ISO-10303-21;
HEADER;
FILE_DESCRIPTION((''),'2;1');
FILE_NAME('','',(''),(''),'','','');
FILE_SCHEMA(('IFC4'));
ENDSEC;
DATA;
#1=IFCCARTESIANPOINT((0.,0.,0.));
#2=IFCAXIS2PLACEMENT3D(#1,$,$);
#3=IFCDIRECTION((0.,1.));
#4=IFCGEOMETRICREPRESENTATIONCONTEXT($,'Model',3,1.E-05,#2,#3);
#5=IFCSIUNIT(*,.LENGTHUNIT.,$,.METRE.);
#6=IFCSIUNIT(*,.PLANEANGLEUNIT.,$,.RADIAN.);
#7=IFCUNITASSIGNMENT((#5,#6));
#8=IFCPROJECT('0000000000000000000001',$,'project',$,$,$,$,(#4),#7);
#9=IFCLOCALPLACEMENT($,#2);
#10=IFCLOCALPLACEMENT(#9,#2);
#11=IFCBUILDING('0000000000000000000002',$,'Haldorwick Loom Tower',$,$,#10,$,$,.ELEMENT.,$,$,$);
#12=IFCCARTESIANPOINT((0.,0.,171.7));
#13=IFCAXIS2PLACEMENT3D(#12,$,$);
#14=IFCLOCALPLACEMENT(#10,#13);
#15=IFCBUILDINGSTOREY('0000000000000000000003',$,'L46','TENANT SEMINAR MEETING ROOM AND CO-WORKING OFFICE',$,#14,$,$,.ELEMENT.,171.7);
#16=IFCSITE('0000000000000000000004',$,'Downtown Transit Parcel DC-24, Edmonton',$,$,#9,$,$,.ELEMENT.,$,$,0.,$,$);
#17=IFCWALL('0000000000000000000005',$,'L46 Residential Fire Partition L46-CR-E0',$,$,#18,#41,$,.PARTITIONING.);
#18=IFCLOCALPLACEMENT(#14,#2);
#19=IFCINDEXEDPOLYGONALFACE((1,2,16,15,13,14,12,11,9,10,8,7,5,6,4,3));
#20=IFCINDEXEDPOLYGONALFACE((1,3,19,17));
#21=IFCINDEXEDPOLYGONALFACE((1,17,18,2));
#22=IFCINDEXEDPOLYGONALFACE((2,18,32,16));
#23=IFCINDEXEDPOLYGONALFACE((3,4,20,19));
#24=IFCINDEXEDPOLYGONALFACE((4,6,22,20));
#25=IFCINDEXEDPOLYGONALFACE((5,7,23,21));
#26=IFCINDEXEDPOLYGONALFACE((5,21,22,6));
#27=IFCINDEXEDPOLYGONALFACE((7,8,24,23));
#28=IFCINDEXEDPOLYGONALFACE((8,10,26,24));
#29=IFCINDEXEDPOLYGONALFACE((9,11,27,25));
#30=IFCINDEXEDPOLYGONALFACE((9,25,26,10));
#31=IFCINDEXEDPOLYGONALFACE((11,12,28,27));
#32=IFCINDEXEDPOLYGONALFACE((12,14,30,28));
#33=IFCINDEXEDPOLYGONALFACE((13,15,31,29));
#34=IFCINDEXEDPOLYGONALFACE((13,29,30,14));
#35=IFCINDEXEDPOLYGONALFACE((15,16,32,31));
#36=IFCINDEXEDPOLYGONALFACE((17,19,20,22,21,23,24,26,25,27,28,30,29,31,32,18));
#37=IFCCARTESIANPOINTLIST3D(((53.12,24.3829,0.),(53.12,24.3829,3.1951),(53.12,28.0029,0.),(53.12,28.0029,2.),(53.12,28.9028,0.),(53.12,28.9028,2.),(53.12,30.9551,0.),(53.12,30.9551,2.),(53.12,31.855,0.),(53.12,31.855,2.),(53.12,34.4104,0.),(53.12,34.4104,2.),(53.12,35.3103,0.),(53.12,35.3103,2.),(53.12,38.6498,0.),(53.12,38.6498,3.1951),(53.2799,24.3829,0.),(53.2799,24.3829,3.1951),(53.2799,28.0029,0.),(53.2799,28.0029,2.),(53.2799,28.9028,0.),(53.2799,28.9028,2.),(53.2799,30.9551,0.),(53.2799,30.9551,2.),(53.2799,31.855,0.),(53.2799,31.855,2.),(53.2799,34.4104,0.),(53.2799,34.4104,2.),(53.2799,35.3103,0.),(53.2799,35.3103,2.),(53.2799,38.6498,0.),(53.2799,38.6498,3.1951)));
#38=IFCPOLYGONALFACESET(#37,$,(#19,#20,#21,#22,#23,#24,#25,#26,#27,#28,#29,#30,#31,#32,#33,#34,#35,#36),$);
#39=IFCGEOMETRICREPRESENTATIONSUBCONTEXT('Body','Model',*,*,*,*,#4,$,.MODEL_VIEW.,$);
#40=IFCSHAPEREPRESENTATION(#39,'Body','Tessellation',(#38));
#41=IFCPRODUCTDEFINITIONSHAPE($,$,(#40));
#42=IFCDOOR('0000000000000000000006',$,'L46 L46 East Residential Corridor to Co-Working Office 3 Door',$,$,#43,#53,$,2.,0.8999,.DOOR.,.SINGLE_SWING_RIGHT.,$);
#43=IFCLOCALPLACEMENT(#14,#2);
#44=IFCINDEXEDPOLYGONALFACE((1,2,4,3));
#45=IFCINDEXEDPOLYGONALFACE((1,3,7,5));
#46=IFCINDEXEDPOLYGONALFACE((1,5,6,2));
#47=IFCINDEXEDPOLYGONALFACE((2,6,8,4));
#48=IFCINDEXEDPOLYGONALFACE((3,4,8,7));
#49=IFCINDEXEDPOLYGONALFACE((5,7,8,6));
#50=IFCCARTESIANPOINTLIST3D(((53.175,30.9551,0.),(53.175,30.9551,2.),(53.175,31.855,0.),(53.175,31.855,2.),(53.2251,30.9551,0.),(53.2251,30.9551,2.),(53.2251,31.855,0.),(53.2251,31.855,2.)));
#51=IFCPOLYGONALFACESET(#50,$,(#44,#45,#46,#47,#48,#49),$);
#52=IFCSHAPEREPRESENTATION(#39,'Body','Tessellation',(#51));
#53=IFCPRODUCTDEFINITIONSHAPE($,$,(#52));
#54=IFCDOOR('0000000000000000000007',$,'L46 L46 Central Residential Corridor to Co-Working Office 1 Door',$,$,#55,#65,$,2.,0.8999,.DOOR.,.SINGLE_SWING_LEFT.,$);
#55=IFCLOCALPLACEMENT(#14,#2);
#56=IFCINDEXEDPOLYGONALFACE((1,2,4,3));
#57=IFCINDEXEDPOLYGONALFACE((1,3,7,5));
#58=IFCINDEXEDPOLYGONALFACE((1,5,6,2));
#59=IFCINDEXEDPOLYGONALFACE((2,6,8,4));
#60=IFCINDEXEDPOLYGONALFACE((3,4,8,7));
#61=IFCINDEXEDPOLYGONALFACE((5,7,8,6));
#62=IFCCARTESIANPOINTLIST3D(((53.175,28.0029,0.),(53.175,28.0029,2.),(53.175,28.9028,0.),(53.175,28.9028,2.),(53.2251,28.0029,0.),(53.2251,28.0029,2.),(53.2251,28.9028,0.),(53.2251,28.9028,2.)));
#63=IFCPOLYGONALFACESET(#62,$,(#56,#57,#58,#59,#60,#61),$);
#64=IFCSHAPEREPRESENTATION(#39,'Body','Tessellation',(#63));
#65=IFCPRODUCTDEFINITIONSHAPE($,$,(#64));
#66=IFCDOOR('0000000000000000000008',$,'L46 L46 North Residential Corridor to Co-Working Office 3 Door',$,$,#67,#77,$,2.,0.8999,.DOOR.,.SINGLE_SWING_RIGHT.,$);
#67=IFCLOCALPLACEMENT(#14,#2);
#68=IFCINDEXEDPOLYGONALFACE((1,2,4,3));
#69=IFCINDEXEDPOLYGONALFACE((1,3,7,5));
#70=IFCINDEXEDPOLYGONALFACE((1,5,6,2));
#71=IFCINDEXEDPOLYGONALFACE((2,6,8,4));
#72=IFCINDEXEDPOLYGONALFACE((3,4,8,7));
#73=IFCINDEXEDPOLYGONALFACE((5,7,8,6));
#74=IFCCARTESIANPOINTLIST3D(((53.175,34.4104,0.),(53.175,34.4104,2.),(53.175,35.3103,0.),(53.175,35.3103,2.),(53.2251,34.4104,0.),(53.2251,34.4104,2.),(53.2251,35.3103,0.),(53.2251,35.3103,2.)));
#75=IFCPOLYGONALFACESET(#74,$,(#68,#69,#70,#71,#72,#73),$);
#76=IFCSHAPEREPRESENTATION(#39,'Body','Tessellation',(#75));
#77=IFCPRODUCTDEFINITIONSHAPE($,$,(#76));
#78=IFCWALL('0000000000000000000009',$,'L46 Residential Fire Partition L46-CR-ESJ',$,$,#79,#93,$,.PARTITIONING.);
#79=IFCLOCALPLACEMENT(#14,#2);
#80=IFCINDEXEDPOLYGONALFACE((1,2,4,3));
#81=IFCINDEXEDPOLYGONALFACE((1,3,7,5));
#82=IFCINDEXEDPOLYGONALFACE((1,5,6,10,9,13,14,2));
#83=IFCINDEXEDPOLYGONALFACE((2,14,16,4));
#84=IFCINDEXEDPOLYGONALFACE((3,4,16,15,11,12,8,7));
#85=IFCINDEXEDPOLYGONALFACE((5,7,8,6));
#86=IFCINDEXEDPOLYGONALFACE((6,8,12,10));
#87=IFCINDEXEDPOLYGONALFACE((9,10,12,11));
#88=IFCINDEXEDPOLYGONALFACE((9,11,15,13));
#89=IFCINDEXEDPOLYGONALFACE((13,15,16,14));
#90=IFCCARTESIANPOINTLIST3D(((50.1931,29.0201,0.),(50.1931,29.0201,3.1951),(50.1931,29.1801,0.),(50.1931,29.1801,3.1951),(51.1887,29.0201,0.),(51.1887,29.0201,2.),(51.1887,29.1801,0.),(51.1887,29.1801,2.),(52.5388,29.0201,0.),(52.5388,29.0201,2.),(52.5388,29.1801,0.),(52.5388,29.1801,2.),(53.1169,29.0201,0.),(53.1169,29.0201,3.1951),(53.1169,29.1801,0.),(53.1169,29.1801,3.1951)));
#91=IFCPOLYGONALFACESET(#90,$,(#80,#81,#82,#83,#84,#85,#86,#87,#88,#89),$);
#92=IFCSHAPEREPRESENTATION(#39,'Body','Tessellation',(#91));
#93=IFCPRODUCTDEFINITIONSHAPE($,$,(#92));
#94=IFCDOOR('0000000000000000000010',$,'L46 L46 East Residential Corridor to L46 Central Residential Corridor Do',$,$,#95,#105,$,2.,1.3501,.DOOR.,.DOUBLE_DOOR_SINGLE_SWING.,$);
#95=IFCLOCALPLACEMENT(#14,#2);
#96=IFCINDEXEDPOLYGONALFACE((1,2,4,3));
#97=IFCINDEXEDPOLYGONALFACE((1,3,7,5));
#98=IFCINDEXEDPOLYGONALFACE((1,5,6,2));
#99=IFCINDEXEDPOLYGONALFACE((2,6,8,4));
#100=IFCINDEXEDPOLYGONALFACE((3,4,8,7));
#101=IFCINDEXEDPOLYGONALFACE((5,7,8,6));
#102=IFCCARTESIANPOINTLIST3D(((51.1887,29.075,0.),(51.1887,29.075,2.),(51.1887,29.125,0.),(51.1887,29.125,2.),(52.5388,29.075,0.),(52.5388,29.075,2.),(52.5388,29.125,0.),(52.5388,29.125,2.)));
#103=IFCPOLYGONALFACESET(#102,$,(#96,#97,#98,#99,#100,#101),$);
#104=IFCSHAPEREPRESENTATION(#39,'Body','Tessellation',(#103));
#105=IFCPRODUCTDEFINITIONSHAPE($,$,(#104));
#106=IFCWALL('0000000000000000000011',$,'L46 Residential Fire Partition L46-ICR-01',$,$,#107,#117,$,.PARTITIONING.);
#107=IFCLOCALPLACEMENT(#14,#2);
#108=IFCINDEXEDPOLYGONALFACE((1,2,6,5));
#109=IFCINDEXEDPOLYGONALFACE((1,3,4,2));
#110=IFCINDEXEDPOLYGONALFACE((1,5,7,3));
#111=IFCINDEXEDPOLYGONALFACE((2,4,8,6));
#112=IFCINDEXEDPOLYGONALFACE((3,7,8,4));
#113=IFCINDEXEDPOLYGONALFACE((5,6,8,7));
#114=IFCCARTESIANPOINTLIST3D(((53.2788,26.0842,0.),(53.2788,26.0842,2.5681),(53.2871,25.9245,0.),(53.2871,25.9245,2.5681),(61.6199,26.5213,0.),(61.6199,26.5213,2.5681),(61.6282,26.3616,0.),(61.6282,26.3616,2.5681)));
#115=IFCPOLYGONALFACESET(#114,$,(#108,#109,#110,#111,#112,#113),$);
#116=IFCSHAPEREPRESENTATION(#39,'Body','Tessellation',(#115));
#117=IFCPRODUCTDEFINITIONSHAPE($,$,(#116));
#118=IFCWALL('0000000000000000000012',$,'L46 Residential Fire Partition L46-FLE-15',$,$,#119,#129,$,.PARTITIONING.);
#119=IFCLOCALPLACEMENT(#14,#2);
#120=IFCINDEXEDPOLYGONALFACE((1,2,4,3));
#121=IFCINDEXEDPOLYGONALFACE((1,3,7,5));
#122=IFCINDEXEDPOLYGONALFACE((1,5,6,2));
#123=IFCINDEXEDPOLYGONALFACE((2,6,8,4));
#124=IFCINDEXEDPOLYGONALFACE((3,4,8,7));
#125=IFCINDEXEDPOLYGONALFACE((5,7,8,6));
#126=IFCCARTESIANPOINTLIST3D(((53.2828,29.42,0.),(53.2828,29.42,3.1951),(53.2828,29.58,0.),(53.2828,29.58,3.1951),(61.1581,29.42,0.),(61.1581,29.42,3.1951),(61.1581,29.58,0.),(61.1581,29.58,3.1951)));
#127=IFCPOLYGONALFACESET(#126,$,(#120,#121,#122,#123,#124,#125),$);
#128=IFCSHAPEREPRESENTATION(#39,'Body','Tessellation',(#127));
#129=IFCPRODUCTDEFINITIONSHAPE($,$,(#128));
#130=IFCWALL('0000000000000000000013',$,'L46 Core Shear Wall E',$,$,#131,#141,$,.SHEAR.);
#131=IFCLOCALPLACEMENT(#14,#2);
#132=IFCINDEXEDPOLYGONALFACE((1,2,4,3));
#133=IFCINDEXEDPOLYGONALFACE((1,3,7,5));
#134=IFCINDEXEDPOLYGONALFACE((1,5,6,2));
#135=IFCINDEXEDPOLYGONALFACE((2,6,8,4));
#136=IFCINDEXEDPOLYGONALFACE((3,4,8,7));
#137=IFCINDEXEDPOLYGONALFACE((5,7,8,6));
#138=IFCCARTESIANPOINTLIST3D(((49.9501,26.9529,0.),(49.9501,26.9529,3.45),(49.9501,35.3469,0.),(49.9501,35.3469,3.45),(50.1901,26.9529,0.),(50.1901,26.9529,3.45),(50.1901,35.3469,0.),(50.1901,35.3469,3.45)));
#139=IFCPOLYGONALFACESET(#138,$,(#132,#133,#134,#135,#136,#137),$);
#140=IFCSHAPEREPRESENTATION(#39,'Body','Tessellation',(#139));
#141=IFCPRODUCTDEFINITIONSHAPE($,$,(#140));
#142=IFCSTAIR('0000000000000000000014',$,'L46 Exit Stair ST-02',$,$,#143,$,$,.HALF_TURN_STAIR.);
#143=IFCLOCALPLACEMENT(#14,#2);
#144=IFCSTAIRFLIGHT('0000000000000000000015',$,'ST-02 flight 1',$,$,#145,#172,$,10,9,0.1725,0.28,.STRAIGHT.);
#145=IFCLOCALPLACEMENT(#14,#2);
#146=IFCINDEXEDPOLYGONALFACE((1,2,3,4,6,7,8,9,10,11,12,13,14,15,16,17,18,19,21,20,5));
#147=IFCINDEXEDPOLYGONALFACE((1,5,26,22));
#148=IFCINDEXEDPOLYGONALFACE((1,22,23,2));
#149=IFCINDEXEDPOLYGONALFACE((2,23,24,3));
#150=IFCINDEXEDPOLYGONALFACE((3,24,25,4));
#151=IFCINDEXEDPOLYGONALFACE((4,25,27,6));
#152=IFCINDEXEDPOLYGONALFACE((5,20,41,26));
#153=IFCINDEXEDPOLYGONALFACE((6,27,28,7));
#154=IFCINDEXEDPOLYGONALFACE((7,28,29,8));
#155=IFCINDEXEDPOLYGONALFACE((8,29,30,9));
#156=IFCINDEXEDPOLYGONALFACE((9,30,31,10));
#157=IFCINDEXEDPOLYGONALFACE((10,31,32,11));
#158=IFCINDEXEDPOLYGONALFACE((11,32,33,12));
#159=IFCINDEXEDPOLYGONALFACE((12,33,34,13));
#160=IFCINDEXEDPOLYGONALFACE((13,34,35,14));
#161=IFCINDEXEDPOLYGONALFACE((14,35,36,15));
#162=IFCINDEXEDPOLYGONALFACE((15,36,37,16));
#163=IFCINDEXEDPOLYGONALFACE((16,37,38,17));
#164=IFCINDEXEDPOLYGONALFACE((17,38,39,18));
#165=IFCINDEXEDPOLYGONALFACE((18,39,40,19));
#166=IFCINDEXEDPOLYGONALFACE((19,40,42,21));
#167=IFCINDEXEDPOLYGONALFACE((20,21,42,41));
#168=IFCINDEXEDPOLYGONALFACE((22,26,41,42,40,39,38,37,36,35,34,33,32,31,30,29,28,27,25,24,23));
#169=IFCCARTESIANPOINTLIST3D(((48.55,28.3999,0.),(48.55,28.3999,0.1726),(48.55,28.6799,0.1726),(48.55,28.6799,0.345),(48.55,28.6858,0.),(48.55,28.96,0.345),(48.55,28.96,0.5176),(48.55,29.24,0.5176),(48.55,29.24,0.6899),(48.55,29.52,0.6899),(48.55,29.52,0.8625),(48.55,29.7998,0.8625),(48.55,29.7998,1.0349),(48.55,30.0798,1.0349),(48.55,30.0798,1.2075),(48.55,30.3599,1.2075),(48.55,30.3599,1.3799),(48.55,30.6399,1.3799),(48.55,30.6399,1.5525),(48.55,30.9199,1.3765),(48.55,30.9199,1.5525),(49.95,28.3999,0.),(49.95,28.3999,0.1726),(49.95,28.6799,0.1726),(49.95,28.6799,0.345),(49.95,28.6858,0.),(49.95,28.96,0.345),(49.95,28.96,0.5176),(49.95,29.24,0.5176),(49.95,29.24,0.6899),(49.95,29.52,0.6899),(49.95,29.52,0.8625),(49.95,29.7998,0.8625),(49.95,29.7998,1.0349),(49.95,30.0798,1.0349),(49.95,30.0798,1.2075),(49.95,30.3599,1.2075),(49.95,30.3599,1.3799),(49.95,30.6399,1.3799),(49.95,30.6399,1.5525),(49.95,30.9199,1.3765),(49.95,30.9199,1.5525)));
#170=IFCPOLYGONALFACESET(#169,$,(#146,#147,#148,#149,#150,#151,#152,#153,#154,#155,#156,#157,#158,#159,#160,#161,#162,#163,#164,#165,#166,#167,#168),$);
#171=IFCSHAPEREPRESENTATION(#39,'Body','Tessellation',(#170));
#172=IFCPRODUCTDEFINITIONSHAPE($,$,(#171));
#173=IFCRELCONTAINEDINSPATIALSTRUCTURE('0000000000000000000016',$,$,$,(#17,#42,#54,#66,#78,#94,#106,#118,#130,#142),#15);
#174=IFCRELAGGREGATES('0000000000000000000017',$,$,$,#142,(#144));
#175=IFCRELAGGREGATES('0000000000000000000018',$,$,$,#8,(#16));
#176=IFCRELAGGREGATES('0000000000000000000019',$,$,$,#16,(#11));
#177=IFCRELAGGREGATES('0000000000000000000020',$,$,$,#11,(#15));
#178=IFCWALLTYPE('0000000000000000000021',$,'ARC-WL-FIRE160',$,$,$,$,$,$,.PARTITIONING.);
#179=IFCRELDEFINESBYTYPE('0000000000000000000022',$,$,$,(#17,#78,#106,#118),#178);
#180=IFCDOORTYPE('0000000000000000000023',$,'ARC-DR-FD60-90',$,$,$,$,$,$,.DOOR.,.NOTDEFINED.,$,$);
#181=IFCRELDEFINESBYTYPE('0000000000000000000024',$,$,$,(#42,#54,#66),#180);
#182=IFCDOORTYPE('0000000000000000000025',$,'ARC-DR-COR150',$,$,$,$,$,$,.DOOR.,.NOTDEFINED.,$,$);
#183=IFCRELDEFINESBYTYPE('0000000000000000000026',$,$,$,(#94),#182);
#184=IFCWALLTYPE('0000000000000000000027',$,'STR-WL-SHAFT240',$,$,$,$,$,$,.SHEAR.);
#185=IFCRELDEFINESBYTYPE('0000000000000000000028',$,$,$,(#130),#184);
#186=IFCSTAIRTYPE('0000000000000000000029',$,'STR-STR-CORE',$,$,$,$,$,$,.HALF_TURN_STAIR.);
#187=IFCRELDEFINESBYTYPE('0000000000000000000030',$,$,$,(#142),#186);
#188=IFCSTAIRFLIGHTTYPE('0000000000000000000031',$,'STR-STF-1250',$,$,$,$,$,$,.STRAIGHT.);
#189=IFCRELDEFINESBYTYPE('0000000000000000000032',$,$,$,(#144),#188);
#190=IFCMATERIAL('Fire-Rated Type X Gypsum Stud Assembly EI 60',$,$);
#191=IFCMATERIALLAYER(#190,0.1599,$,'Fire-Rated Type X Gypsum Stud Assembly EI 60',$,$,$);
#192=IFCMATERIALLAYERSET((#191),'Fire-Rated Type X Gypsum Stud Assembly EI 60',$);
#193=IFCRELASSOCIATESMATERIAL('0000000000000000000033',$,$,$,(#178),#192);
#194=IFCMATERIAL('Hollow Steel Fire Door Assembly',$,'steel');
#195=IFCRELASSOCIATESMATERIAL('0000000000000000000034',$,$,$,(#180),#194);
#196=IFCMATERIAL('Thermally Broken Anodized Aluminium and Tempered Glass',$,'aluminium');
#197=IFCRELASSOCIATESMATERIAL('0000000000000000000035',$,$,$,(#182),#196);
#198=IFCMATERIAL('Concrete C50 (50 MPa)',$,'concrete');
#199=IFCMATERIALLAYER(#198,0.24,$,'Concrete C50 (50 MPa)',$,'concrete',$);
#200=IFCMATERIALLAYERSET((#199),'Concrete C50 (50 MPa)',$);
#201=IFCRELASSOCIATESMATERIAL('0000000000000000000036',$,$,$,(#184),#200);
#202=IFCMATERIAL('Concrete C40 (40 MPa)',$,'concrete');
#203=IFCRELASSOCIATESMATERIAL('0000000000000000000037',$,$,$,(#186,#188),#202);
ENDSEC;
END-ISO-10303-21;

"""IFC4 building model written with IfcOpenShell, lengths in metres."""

from ifc_helpers import new_model, si_unit, direction, frame, frame_2d, origin, place, context, subcontext, project, spatial, polyline, rectangle, outline, extrude, material, layer, layer_set, type_object, element, fill, aggregate, save


model = new_model("IFC4")

# Units and contexts
model_context = context("Model", 3, precision=1e-05, world=origin(), true_north=direction((0.0, 1.0)))
body_context = subcontext(model_context, "Body", "Model", "MODEL_VIEW")
ifc_project = project(units=[si_unit("LENGTHUNIT", "METRE"), si_unit("PLANEANGLEUNIT", "RADIAN")], contexts=[model_context])

# Site, building, storey
site_placement = place(None, origin())
site = spatial("IfcSite", under=ifc_project, at=site_placement, Name="Downtown Transit Parcel DC-24, Edmonton", CompositionType="ELEMENT", RefElevation=0.0)
building_placement = place(site_placement, origin())
building = spatial("IfcBuilding", under=site, at=building_placement, Name="Haldorwick Loom Tower", CompositionType="ELEMENT")
storey_placement = place(building_placement, frame((0.0, 0.0, 171.7)))
storey = spatial("IfcBuildingStorey", under=building, at=storey_placement, Name="L46", Description="TENANT SEMINAR MEETING ROOM AND CO-WORKING OFFICE", CompositionType="ELEMENT", Elevation=171.7)

# Wall, openings, doors
ifc_material_1 = material(Name="Fire-Rated Type X Gypsum Stud Assembly EI 60")
ifc_layer_1 = layer(ifc_material_1, 0.1599, Name="Fire-Rated Type X Gypsum Stud Assembly EI 60")
ifc_layer_set_1 = layer_set([ifc_layer_1], Name="Fire-Rated Type X Gypsum Stud Assembly EI 60")
wall_type_1 = type_object("IfcWallType", Name="ARC-WL-FIRE160", PredefinedType="PARTITIONING", material=ifc_layer_set_1)
wall_1_placement = place(storey_placement, frame((53.2, 24.3831, 0.0), z_axis=(0.0, 0.0, 1.0), x_axis=(0.0, 1.0, 0.0)))
wall_1 = element("IfcWall", 1, at=wall_1_placement, inside=storey, type_object=wall_type_1, Name="L46 Residential Fire Partition L46-CR-E0", PredefinedType="PARTITIONING", context=body_context, shape_type="SweptSolid", body=[
    extrude(rectangle(XDim=14.2668, YDim=0.1599, at=frame_2d((7.1333, 0.0))), origin(), (0.0, 0.0, 1.0), 3.1951),
])
opening_1_placement = place(wall_1_placement, frame((6.572, 0.0, 0.0)))
opening_1 = element("IfcOpeningElement", 2, at=opening_1_placement, cuts=wall_1, PredefinedType="OPENING", context=body_context, shape_type="SweptSolid", body=[
    extrude(rectangle(XDim=0.8999, YDim=2.0, at=frame_2d((0.45, 1.0))), frame((0.0, 0.0898, 0.0), z_axis=(0.0, -1.0, 0.0), x_axis=(1.0, 0.0, 0.0)), (0.0, 0.0, 1.0), 0.1799),
])
opening_2_placement = place(wall_1_placement, frame((3.6199, 0.0, 0.0)))
opening_2 = element("IfcOpeningElement", 3, at=opening_2_placement, cuts=wall_1, PredefinedType="OPENING", context=body_context, shape_type="SweptSolid", body=[
    extrude(rectangle(XDim=0.8999, YDim=2.0, at=frame_2d((0.45, 1.0))), frame((0.0, 0.0898, 0.0), z_axis=(0.0, -1.0, 0.0), x_axis=(1.0, 0.0, 0.0)), (0.0, 0.0, 1.0), 0.1799),
])
opening_3_placement = place(wall_1_placement, frame((10.0273, 0.0, 0.0)))
opening_3 = element("IfcOpeningElement", 4, at=opening_3_placement, cuts=wall_1, PredefinedType="OPENING", context=body_context, shape_type="SweptSolid", body=[
    extrude(rectangle(XDim=0.8999, YDim=2.0, at=frame_2d((0.45, 1.0))), frame((0.0, 0.0898, 0.0), z_axis=(0.0, -1.0, 0.0), x_axis=(1.0, 0.0, 0.0)), (0.0, 0.0, 1.0), 0.1799),
])
ifc_material_2 = material(Name="Hollow Steel Fire Door Assembly", Category="steel")
door_type_1 = type_object("IfcDoorType", Name="ARC-DR-FD60-90", OperationType="NOTDEFINED", PredefinedType="DOOR", material=ifc_material_2)
door_1_placement = place(opening_1_placement, origin())
door_1 = element("IfcDoor", 5, at=door_1_placement, inside=storey, type_object=door_type_1, Name="L46 L46 East Residential Corridor to Co-Working Office 3 Door", OperationType="SINGLE_SWING_RIGHT", OverallHeight=2.0, OverallWidth=0.8999, PredefinedType="DOOR", context=body_context, shape_type="SweptSolid", body=[
    extrude(rectangle(XDim=0.8999, YDim=2.0, at=frame_2d((0.45, 1.0))), frame((0.0, 0.0249, 0.0), z_axis=(0.0, -1.0, 0.0), x_axis=(1.0, 0.0, 0.0)), (0.0, 0.0, 1.0), 0.05),
])
fill(opening_1, door_1)
door_2_placement = place(opening_2_placement, origin())
door_2 = element("IfcDoor", 6, at=door_2_placement, inside=storey, type_object=door_type_1, Name="L46 L46 Central Residential Corridor to Co-Working Office 1 Door", OperationType="SINGLE_SWING_LEFT", OverallHeight=2.0, OverallWidth=0.8999, PredefinedType="DOOR", context=body_context, shape_type="SweptSolid", body=[
    extrude(rectangle(XDim=0.8999, YDim=2.0, at=frame_2d((0.45, 1.0))), frame((0.0, 0.0249, 0.0), z_axis=(0.0, -1.0, 0.0), x_axis=(1.0, 0.0, 0.0)), (0.0, 0.0, 1.0), 0.05),
])
fill(opening_2, door_2)
door_3_placement = place(opening_3_placement, origin())
door_3 = element("IfcDoor", 7, at=door_3_placement, inside=storey, type_object=door_type_1, Name="L46 L46 North Residential Corridor to Co-Working Office 3 Door", OperationType="SINGLE_SWING_RIGHT", OverallHeight=2.0, OverallWidth=0.8999, PredefinedType="DOOR", context=body_context, shape_type="SweptSolid", body=[
    extrude(rectangle(XDim=0.8999, YDim=2.0, at=frame_2d((0.45, 1.0))), frame((0.0, 0.0249, 0.0), z_axis=(0.0, -1.0, 0.0), x_axis=(1.0, 0.0, 0.0)), (0.0, 0.0, 1.0), 0.05),
])
fill(opening_3, door_3)

# Wall, opening, door
wall_2_placement = place(storey_placement, frame((50.1931, 29.1001, 0.0), z_axis=(0.0, 0.0, 1.0), x_axis=(1.0, 0.0, 0.0)))
wall_2 = element("IfcWall", 8, at=wall_2_placement, inside=storey, type_object=wall_type_1, Name="L46 Residential Fire Partition L46-CR-ESJ", PredefinedType="PARTITIONING", context=body_context, shape_type="SweptSolid", body=[
    extrude(rectangle(XDim=2.9238, YDim=0.1599, at=frame_2d((1.4619, 0.0))), origin(), (0.0, 0.0, 1.0), 3.1951),
])
opening_4_placement = place(wall_2_placement, frame((0.9956, 0.0, 0.0)))
opening_4 = element("IfcOpeningElement", 9, at=opening_4_placement, cuts=wall_2, PredefinedType="OPENING", context=body_context, shape_type="SweptSolid", body=[
    extrude(rectangle(XDim=1.3501, YDim=2.0, at=frame_2d((0.675, 1.0))), frame((0.0, 0.0898, 0.0), z_axis=(0.0, -1.0, 0.0), x_axis=(1.0, 0.0, 0.0)), (0.0, 0.0, 1.0), 0.1799),
])
ifc_material_3 = material(Name="Thermally Broken Anodized Aluminium and Tempered Glass", Category="aluminium")
door_type_2 = type_object("IfcDoorType", Name="ARC-DR-COR150", OperationType="NOTDEFINED", PredefinedType="DOOR", material=ifc_material_3)
door_4_placement = place(opening_4_placement, origin())
door_4 = element("IfcDoor", 10, at=door_4_placement, inside=storey, type_object=door_type_2, Name="L46 L46 East Residential Corridor to L46 Central Residential Corridor Do", OperationType="DOUBLE_DOOR_SINGLE_SWING", OverallHeight=2.0, OverallWidth=1.3501, PredefinedType="DOOR", context=body_context, shape_type="SweptSolid", body=[
    extrude(rectangle(XDim=1.3501, YDim=2.0, at=frame_2d((0.675, 1.0))), frame((0.0, 0.0249, 0.0), z_axis=(0.0, -1.0, 0.0), x_axis=(1.0, 0.0, 0.0)), (0.0, 0.0, 1.0), 0.05),
])
fill(opening_4, door_4)

# Walls
wall_3_placement = place(storey_placement, frame((53.283, 26.0044, 0.0), z_axis=(0.0, 0.0, 1.0), x_axis=(0.99863, 0.052321, 0.0)))
element("IfcWall", 11, at=wall_3_placement, inside=storey, type_object=wall_type_1, Name="L46 Residential Fire Partition L46-ICR-01", PredefinedType="PARTITIONING", context=body_context, shape_type="SweptSolid", body=[
    extrude(rectangle(XDim=8.3525, YDim=0.1599, at=frame_2d((4.1763, 0.0))), origin(), (0.0, 0.0, 1.0), 2.5681),
])
wall_4_placement = place(storey_placement, frame((53.283, 29.5, 0.0), z_axis=(0.0, 0.0, 1.0), x_axis=(1.0, 0.0, 0.0)))
element("IfcWall", 12, at=wall_4_placement, inside=storey, type_object=wall_type_1, Name="L46 Residential Fire Partition L46-FLE-15", PredefinedType="PARTITIONING", context=body_context, shape_type="SweptSolid", body=[
    extrude(rectangle(XDim=7.8752, YDim=0.1599, at=frame_2d((3.9375, 0.0))), origin(), (0.0, 0.0, 1.0), 3.1951),
])
ifc_material_4 = material(Name="Concrete C50 (50 MPa)", Category="concrete")
ifc_layer_2 = layer(ifc_material_4, 0.24, Name="Concrete C50 (50 MPa)", Category="concrete")
ifc_layer_set_2 = layer_set([ifc_layer_2], Name="Concrete C50 (50 MPa)")
wall_type_2 = type_object("IfcWallType", Name="STR-WL-SHAFT240", PredefinedType="SHEAR", material=ifc_layer_set_2)
wall_5_placement = place(storey_placement, frame((50.0701, 26.9529, 0.0), z_axis=(0.0, 0.0, 1.0), x_axis=(0.0, 1.0, 0.0)))
element("IfcWall", 13, at=wall_5_placement, inside=storey, type_object=wall_type_2, Name="L46 Core Shear Wall E", PredefinedType="SHEAR", context=body_context, shape_type="SweptSolid", body=[
    extrude(rectangle(XDim=8.394, YDim=0.24, at=frame_2d((4.197, 0.0))), origin(), (0.0, 0.0, 1.0), 3.45),
])

# Stair, stair flight
ifc_material_5 = material(Name="Concrete C40 (40 MPa)", Category="concrete")
stair_type = type_object("IfcStairType", Name="STR-STR-CORE", PredefinedType="HALF_TURN_STAIR", material=ifc_material_5)
stair_placement = place(storey_placement, origin())
stair = element("IfcStair", 14, at=stair_placement, inside=storey, type_object=stair_type, Name="L46 Exit Stair ST-02", PredefinedType="HALF_TURN_STAIR")
stair_flight_type = type_object("IfcStairFlightType", Name="STR-STF-1250", PredefinedType="STRAIGHT", material=ifc_material_5)
stair_flight_placement = place(storey_placement, frame((49.25, 28.3999, 0.0), z_axis=(0.0, 0.0, 1.0), x_axis=(0.0, 1.0, 0.0)))
stair_flight = element("IfcStairFlight", 15, at=stair_flight_placement, type_object=stair_flight_type, Name="ST-02 flight 1", NumberOfRisers=10, NumberOfTreads=9, PredefinedType="STRAIGHT", RiserHeight=0.1725, TreadLength=0.28, context=body_context, shape_type="SweptSolid", body=[
    extrude(outline(polyline([(0.0, 0.0), (0.0, 0.1726), (0.28, 0.1726), (0.28, 0.345), (0.5601, 0.345), (0.5601, 0.5176), (0.8401, 0.5176), (0.8401, 0.6899), (1.1201, 0.6899), (1.1201, 0.8625), (1.3999, 0.8625), (1.3999, 1.0349), (1.6799, 1.0349), (1.6799, 1.2075), (1.96, 1.2075), (1.96, 1.3799), (2.24, 1.3799), (2.24, 1.5525), (2.52, 1.5525), (2.52, 1.7251), (2.52, 1.3765), (0.2859, 0.0), (0.0, 0.0)])), frame((0.0, 0.7, 0.0), z_axis=(0.0, -1.0, 0.0), x_axis=(1.0, 0.0, 0.0)), (0.0, 0.0, 1.0), 1.3999),
])
aggregate(stair, [stair_flight])

save(model, "model.ifc")
